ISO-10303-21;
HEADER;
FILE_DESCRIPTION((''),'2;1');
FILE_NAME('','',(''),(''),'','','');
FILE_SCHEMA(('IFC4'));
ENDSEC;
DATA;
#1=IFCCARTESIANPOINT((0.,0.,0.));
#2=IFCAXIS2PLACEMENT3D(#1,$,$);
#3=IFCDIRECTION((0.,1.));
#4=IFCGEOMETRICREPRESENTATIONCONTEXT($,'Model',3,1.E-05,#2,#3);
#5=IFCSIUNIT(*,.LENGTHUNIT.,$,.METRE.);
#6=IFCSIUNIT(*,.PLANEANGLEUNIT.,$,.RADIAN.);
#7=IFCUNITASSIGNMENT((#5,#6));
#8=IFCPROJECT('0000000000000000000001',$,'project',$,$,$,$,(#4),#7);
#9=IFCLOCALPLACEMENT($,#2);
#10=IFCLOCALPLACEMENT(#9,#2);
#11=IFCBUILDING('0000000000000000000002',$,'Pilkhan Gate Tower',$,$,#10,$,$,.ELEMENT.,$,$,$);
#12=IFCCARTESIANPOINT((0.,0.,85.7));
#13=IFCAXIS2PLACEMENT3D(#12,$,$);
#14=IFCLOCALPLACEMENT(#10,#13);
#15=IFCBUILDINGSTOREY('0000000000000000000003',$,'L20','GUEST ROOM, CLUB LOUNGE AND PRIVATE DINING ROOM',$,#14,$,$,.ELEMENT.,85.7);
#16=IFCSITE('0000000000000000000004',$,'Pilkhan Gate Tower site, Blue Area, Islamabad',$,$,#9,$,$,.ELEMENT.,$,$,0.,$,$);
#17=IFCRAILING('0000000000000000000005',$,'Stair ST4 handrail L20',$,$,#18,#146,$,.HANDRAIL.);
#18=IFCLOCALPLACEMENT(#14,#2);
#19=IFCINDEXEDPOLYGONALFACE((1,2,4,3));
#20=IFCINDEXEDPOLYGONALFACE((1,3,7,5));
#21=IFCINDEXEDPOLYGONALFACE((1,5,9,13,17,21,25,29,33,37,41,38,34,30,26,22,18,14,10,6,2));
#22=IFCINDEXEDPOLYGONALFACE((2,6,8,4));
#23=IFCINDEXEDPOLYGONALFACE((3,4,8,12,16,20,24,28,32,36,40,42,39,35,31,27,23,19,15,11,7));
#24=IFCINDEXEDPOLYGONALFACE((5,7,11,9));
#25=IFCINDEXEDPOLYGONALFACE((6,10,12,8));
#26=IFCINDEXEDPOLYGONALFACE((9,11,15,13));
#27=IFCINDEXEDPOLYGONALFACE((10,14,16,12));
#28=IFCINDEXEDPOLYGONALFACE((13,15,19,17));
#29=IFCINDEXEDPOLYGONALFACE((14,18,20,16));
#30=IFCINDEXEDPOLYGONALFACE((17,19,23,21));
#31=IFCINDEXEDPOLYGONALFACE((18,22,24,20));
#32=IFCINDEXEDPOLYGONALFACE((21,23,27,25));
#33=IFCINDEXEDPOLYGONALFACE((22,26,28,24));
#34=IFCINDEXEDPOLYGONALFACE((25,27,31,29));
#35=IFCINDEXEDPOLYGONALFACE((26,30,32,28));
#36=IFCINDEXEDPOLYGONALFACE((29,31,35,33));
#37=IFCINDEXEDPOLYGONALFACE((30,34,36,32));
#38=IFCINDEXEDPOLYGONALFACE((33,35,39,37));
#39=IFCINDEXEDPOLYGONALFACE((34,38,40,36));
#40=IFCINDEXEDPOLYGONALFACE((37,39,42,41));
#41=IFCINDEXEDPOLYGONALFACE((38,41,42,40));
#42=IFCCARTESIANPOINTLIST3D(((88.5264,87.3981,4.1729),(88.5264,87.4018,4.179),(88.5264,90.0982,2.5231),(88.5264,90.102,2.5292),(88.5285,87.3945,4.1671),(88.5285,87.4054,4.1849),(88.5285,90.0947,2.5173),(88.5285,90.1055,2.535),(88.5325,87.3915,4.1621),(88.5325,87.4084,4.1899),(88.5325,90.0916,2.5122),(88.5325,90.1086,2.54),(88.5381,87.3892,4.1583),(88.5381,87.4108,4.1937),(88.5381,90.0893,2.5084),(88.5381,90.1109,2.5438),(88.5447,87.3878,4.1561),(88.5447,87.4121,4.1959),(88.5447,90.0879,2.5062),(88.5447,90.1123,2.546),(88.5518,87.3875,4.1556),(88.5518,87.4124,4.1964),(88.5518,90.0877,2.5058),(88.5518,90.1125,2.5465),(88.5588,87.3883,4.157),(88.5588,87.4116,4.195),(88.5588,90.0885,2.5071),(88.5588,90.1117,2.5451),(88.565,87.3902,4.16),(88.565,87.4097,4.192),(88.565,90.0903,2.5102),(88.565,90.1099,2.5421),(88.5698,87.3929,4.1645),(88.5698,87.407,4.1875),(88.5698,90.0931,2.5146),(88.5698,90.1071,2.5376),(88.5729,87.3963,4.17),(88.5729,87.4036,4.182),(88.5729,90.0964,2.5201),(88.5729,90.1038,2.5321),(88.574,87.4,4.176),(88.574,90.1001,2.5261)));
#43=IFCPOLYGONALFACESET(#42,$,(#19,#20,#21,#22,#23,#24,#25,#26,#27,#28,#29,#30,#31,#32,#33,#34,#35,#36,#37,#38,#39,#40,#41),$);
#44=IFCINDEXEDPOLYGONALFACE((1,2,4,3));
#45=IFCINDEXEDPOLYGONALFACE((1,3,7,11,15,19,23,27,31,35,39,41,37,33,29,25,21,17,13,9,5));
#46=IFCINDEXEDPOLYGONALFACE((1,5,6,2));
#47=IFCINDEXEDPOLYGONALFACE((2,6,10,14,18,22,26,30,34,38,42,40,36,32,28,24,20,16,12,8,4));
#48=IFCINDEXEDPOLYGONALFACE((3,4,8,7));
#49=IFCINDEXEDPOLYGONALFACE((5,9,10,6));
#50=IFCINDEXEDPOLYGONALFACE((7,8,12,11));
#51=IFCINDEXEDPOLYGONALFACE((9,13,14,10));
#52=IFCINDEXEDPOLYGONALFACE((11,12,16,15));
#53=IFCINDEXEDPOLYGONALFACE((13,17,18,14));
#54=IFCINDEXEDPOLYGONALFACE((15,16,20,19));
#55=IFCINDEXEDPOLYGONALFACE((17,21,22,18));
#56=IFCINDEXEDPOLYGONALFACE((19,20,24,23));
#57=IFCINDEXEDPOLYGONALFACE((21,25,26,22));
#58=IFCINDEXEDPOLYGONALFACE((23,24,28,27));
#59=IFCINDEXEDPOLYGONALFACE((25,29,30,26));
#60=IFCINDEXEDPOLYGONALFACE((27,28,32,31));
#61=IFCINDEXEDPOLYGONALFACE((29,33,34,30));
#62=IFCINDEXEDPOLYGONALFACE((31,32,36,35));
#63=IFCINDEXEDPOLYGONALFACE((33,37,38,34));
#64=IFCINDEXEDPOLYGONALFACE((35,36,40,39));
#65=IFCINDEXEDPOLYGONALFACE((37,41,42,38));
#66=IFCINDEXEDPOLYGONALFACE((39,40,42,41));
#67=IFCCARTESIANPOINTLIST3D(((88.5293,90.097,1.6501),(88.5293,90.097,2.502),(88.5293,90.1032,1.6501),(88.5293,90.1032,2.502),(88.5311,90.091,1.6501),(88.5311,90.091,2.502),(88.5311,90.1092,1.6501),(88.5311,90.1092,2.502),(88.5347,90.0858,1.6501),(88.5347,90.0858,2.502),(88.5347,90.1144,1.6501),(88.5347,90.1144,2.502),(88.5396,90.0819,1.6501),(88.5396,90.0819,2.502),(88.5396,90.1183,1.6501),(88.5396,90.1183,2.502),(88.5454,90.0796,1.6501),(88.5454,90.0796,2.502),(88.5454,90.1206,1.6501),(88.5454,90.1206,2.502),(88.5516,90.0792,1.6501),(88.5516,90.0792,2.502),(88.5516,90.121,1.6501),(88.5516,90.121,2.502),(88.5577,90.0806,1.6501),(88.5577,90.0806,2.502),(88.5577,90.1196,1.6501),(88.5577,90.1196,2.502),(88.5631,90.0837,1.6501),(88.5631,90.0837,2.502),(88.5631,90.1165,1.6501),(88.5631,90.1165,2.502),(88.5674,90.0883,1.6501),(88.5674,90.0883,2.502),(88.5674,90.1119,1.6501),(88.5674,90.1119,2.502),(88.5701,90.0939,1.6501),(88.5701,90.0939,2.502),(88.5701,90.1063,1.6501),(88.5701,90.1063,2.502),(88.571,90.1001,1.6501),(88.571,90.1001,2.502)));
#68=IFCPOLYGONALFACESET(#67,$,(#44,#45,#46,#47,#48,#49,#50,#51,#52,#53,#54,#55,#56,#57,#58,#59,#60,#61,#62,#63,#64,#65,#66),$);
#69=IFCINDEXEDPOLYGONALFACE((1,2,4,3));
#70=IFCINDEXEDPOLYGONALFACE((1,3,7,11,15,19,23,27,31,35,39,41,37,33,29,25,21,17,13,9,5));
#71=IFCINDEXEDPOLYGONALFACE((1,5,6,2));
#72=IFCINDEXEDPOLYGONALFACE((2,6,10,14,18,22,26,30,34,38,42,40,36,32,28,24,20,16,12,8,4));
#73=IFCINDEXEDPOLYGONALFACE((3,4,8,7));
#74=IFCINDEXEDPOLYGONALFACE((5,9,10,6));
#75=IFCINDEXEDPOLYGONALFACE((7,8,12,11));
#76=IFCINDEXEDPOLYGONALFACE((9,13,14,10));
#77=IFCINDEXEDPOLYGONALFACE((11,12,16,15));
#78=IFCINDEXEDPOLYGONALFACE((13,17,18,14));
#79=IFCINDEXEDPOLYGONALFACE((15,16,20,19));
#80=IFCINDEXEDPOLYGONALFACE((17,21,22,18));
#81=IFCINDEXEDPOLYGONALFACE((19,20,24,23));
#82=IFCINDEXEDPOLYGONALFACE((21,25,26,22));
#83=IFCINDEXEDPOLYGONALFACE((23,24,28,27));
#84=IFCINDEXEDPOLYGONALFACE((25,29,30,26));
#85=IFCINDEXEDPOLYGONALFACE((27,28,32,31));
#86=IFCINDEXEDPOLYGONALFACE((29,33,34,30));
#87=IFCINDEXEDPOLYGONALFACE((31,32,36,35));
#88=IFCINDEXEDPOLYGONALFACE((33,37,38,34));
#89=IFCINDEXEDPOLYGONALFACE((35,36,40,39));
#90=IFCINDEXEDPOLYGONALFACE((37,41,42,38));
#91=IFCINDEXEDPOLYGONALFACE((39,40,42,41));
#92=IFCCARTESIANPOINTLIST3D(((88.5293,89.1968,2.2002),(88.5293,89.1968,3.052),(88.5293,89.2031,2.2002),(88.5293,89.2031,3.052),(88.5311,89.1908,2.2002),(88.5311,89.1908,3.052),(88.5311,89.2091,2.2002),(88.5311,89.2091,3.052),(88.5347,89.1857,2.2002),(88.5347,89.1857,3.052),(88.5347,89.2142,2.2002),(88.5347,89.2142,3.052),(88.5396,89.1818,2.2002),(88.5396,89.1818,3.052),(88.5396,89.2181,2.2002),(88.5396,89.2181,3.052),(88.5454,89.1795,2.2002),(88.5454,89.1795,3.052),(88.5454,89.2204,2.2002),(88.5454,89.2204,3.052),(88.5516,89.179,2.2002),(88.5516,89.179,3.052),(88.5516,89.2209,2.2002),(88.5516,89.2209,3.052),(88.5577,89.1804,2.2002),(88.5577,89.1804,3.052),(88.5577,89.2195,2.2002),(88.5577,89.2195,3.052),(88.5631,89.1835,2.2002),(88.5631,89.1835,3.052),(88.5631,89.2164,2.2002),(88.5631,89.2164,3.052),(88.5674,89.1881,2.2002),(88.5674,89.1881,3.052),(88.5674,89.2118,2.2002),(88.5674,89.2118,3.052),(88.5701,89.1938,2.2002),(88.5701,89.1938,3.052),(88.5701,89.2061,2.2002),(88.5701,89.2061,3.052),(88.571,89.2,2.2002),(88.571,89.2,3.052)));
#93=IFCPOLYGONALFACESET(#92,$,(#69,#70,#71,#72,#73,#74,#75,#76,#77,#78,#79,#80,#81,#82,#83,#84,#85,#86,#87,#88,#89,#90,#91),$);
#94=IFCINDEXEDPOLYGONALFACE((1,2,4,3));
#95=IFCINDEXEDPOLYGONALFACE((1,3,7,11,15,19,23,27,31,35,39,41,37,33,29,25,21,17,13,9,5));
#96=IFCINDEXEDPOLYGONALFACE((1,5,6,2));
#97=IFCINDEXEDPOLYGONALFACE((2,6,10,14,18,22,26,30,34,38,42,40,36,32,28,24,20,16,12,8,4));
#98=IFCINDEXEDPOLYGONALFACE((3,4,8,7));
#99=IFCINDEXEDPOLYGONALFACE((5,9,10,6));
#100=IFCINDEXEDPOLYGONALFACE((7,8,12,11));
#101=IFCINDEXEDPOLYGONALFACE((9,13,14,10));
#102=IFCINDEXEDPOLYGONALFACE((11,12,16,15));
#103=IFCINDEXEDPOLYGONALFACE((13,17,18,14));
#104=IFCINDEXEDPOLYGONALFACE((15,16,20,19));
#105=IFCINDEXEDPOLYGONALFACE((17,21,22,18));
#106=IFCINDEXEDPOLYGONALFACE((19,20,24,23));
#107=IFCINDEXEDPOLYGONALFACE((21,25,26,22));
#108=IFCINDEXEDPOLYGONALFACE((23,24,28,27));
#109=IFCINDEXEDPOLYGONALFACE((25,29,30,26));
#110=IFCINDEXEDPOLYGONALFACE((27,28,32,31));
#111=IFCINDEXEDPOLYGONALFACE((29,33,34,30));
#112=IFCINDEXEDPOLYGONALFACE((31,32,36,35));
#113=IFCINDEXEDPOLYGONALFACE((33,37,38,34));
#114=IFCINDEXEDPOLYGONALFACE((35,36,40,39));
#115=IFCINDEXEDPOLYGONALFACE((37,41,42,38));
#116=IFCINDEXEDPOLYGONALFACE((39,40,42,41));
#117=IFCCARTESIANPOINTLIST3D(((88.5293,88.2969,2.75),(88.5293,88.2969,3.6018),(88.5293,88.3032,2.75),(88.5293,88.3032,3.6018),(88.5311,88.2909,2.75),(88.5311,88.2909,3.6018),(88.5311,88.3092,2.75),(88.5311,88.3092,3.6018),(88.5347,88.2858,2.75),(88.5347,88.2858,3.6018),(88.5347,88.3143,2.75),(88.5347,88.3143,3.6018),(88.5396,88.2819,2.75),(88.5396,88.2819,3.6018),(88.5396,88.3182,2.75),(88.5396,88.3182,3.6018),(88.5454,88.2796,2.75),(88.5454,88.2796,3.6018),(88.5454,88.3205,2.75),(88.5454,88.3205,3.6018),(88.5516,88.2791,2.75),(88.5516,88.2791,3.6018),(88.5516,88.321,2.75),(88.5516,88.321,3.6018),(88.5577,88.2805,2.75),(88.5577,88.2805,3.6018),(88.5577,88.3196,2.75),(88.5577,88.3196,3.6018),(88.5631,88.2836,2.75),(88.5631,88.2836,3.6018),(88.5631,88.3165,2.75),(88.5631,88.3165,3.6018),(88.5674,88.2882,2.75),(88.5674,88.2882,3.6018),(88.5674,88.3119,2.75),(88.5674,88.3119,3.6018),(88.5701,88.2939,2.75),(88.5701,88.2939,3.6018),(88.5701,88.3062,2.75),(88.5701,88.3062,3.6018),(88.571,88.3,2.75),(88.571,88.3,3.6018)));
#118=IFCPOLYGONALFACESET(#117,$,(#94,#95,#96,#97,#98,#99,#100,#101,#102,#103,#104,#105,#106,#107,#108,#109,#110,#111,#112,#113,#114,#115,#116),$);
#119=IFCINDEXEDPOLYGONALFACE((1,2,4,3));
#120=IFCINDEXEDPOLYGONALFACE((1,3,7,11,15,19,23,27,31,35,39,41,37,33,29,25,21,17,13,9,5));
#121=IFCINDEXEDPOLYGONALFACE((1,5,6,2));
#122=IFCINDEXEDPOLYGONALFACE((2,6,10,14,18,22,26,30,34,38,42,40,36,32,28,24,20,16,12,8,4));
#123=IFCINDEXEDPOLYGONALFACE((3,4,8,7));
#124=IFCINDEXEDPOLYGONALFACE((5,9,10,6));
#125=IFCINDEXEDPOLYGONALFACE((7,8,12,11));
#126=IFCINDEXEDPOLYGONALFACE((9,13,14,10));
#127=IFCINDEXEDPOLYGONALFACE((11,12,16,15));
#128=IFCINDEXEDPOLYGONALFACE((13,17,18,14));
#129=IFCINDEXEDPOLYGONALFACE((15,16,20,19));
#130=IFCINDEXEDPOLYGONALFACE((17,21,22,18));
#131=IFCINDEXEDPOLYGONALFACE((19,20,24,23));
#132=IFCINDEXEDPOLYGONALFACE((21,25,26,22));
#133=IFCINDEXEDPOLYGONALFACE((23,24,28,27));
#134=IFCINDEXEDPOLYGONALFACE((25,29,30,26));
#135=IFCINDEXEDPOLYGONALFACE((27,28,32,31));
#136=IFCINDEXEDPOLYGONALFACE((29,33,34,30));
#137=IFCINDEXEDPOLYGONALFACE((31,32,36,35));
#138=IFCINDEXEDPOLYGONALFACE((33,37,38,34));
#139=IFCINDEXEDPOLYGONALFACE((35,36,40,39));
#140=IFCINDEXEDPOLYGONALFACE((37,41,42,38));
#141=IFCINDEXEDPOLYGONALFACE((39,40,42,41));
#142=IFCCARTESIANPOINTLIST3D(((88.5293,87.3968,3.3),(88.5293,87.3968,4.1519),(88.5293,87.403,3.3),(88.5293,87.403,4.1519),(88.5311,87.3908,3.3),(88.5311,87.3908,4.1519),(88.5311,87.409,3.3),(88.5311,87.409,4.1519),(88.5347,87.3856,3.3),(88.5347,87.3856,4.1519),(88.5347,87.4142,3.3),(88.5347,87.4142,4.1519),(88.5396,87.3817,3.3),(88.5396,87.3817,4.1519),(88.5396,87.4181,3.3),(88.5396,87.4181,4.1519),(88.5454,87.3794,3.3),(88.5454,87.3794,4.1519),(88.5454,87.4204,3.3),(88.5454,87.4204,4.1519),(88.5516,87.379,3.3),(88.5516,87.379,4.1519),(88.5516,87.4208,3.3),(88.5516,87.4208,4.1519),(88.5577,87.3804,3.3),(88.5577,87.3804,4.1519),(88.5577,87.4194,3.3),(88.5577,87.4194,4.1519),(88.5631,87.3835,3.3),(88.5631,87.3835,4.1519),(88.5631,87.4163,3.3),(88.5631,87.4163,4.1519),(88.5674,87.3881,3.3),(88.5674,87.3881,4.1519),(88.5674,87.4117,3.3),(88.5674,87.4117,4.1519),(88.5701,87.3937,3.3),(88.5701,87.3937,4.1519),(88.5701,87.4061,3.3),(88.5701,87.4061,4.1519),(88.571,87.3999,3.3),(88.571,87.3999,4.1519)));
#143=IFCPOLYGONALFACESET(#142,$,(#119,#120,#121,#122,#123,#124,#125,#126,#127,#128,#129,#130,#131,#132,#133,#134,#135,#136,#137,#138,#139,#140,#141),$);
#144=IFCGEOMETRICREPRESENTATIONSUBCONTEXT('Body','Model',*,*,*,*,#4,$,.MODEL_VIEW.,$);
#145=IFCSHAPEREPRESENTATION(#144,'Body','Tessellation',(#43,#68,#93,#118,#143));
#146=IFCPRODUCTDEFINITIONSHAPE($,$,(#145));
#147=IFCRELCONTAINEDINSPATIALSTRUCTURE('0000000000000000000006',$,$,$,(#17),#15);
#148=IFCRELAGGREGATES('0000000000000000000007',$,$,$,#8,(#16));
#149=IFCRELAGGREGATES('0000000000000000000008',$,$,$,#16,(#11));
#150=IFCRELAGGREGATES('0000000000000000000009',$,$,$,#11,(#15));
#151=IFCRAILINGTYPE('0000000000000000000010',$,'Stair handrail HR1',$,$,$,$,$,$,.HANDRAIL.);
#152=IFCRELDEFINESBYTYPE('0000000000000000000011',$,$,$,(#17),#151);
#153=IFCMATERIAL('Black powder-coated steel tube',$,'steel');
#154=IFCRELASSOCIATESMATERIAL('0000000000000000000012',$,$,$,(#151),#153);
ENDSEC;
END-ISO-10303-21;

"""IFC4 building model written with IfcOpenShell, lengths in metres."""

from ifc_helpers import new_model, si_unit, direction, frame, origin, origin_2d, place, context, subcontext, project, spatial, circle, extrude, material, type_object, element, save


model = new_model("IFC4")

# Units and contexts
model_context = context("Model", 3, precision=1e-05, world=origin(), true_north=direction((0.0, 1.0)))
body_context = subcontext(model_context, "Body", "Model", "MODEL_VIEW")
ifc_project = project(units=[si_unit("LENGTHUNIT", "METRE"), si_unit("PLANEANGLEUNIT", "RADIAN")], contexts=[model_context])

# Site, building, storey
site_placement = place(None, origin())
site = spatial("IfcSite", under=ifc_project, at=site_placement, Name="Pilkhan Gate Tower site, Blue Area, Islamabad", CompositionType="ELEMENT", RefElevation=0.0)
building_placement = place(site_placement, origin())
building = spatial("IfcBuilding", under=site, at=building_placement, Name="Pilkhan Gate Tower", CompositionType="ELEMENT")
storey_placement = place(building_placement, frame((0.0, 0.0, 85.7)))
storey = spatial("IfcBuildingStorey", under=building, at=storey_placement, Name="L20", Description="GUEST ROOM, CLUB LOUNGE AND PRIVATE DINING ROOM", CompositionType="ELEMENT", Elevation=85.7)

# Railing
ifc_material_1 = material(Name="Black powder-coated steel tube", Category="steel")
railing_type_1 = type_object("IfcRailingType", Name="Stair handrail HR1", PredefinedType="HANDRAIL", material=ifc_material_1)
railing_1_placement = place(storey_placement, frame((88.55, 90.1001, 1.6501)))
element("IfcRailing", 1, at=railing_1_placement, inside=storey, type_object=railing_type_1, Name="Stair ST4 handrail L20", PredefinedType="HANDRAIL", context=body_context, shape_type="SweptSolid", body=[
    extrude(circle(Radius=0.0239, at=origin_2d()), frame((0.0, 0.0, 0.876), z_axis=(0.0, -0.853312, 0.5214), x_axis=(1.0, 0.0, 0.0)), (0.0, 0.0, 1.0), 3.1643),
    extrude(circle(Radius=0.021, at=origin_2d()), origin(), (0.0, 0.0, 1.0), 0.8518),
    extrude(circle(Radius=0.021, at=origin_2d()), frame((0.0, -0.9001, 0.55)), (0.0, 0.0, 1.0), 0.8518),
    extrude(circle(Radius=0.021, at=origin_2d()), frame((0.0, -1.8, 1.0999)), (0.0, 0.0, 1.0), 0.8518),
    extrude(circle(Radius=0.021, at=origin_2d()), frame((0.0, -2.7002, 1.6499)), (0.0, 0.0, 1.0), 0.8518),
])

save(model, "model.ifc")
